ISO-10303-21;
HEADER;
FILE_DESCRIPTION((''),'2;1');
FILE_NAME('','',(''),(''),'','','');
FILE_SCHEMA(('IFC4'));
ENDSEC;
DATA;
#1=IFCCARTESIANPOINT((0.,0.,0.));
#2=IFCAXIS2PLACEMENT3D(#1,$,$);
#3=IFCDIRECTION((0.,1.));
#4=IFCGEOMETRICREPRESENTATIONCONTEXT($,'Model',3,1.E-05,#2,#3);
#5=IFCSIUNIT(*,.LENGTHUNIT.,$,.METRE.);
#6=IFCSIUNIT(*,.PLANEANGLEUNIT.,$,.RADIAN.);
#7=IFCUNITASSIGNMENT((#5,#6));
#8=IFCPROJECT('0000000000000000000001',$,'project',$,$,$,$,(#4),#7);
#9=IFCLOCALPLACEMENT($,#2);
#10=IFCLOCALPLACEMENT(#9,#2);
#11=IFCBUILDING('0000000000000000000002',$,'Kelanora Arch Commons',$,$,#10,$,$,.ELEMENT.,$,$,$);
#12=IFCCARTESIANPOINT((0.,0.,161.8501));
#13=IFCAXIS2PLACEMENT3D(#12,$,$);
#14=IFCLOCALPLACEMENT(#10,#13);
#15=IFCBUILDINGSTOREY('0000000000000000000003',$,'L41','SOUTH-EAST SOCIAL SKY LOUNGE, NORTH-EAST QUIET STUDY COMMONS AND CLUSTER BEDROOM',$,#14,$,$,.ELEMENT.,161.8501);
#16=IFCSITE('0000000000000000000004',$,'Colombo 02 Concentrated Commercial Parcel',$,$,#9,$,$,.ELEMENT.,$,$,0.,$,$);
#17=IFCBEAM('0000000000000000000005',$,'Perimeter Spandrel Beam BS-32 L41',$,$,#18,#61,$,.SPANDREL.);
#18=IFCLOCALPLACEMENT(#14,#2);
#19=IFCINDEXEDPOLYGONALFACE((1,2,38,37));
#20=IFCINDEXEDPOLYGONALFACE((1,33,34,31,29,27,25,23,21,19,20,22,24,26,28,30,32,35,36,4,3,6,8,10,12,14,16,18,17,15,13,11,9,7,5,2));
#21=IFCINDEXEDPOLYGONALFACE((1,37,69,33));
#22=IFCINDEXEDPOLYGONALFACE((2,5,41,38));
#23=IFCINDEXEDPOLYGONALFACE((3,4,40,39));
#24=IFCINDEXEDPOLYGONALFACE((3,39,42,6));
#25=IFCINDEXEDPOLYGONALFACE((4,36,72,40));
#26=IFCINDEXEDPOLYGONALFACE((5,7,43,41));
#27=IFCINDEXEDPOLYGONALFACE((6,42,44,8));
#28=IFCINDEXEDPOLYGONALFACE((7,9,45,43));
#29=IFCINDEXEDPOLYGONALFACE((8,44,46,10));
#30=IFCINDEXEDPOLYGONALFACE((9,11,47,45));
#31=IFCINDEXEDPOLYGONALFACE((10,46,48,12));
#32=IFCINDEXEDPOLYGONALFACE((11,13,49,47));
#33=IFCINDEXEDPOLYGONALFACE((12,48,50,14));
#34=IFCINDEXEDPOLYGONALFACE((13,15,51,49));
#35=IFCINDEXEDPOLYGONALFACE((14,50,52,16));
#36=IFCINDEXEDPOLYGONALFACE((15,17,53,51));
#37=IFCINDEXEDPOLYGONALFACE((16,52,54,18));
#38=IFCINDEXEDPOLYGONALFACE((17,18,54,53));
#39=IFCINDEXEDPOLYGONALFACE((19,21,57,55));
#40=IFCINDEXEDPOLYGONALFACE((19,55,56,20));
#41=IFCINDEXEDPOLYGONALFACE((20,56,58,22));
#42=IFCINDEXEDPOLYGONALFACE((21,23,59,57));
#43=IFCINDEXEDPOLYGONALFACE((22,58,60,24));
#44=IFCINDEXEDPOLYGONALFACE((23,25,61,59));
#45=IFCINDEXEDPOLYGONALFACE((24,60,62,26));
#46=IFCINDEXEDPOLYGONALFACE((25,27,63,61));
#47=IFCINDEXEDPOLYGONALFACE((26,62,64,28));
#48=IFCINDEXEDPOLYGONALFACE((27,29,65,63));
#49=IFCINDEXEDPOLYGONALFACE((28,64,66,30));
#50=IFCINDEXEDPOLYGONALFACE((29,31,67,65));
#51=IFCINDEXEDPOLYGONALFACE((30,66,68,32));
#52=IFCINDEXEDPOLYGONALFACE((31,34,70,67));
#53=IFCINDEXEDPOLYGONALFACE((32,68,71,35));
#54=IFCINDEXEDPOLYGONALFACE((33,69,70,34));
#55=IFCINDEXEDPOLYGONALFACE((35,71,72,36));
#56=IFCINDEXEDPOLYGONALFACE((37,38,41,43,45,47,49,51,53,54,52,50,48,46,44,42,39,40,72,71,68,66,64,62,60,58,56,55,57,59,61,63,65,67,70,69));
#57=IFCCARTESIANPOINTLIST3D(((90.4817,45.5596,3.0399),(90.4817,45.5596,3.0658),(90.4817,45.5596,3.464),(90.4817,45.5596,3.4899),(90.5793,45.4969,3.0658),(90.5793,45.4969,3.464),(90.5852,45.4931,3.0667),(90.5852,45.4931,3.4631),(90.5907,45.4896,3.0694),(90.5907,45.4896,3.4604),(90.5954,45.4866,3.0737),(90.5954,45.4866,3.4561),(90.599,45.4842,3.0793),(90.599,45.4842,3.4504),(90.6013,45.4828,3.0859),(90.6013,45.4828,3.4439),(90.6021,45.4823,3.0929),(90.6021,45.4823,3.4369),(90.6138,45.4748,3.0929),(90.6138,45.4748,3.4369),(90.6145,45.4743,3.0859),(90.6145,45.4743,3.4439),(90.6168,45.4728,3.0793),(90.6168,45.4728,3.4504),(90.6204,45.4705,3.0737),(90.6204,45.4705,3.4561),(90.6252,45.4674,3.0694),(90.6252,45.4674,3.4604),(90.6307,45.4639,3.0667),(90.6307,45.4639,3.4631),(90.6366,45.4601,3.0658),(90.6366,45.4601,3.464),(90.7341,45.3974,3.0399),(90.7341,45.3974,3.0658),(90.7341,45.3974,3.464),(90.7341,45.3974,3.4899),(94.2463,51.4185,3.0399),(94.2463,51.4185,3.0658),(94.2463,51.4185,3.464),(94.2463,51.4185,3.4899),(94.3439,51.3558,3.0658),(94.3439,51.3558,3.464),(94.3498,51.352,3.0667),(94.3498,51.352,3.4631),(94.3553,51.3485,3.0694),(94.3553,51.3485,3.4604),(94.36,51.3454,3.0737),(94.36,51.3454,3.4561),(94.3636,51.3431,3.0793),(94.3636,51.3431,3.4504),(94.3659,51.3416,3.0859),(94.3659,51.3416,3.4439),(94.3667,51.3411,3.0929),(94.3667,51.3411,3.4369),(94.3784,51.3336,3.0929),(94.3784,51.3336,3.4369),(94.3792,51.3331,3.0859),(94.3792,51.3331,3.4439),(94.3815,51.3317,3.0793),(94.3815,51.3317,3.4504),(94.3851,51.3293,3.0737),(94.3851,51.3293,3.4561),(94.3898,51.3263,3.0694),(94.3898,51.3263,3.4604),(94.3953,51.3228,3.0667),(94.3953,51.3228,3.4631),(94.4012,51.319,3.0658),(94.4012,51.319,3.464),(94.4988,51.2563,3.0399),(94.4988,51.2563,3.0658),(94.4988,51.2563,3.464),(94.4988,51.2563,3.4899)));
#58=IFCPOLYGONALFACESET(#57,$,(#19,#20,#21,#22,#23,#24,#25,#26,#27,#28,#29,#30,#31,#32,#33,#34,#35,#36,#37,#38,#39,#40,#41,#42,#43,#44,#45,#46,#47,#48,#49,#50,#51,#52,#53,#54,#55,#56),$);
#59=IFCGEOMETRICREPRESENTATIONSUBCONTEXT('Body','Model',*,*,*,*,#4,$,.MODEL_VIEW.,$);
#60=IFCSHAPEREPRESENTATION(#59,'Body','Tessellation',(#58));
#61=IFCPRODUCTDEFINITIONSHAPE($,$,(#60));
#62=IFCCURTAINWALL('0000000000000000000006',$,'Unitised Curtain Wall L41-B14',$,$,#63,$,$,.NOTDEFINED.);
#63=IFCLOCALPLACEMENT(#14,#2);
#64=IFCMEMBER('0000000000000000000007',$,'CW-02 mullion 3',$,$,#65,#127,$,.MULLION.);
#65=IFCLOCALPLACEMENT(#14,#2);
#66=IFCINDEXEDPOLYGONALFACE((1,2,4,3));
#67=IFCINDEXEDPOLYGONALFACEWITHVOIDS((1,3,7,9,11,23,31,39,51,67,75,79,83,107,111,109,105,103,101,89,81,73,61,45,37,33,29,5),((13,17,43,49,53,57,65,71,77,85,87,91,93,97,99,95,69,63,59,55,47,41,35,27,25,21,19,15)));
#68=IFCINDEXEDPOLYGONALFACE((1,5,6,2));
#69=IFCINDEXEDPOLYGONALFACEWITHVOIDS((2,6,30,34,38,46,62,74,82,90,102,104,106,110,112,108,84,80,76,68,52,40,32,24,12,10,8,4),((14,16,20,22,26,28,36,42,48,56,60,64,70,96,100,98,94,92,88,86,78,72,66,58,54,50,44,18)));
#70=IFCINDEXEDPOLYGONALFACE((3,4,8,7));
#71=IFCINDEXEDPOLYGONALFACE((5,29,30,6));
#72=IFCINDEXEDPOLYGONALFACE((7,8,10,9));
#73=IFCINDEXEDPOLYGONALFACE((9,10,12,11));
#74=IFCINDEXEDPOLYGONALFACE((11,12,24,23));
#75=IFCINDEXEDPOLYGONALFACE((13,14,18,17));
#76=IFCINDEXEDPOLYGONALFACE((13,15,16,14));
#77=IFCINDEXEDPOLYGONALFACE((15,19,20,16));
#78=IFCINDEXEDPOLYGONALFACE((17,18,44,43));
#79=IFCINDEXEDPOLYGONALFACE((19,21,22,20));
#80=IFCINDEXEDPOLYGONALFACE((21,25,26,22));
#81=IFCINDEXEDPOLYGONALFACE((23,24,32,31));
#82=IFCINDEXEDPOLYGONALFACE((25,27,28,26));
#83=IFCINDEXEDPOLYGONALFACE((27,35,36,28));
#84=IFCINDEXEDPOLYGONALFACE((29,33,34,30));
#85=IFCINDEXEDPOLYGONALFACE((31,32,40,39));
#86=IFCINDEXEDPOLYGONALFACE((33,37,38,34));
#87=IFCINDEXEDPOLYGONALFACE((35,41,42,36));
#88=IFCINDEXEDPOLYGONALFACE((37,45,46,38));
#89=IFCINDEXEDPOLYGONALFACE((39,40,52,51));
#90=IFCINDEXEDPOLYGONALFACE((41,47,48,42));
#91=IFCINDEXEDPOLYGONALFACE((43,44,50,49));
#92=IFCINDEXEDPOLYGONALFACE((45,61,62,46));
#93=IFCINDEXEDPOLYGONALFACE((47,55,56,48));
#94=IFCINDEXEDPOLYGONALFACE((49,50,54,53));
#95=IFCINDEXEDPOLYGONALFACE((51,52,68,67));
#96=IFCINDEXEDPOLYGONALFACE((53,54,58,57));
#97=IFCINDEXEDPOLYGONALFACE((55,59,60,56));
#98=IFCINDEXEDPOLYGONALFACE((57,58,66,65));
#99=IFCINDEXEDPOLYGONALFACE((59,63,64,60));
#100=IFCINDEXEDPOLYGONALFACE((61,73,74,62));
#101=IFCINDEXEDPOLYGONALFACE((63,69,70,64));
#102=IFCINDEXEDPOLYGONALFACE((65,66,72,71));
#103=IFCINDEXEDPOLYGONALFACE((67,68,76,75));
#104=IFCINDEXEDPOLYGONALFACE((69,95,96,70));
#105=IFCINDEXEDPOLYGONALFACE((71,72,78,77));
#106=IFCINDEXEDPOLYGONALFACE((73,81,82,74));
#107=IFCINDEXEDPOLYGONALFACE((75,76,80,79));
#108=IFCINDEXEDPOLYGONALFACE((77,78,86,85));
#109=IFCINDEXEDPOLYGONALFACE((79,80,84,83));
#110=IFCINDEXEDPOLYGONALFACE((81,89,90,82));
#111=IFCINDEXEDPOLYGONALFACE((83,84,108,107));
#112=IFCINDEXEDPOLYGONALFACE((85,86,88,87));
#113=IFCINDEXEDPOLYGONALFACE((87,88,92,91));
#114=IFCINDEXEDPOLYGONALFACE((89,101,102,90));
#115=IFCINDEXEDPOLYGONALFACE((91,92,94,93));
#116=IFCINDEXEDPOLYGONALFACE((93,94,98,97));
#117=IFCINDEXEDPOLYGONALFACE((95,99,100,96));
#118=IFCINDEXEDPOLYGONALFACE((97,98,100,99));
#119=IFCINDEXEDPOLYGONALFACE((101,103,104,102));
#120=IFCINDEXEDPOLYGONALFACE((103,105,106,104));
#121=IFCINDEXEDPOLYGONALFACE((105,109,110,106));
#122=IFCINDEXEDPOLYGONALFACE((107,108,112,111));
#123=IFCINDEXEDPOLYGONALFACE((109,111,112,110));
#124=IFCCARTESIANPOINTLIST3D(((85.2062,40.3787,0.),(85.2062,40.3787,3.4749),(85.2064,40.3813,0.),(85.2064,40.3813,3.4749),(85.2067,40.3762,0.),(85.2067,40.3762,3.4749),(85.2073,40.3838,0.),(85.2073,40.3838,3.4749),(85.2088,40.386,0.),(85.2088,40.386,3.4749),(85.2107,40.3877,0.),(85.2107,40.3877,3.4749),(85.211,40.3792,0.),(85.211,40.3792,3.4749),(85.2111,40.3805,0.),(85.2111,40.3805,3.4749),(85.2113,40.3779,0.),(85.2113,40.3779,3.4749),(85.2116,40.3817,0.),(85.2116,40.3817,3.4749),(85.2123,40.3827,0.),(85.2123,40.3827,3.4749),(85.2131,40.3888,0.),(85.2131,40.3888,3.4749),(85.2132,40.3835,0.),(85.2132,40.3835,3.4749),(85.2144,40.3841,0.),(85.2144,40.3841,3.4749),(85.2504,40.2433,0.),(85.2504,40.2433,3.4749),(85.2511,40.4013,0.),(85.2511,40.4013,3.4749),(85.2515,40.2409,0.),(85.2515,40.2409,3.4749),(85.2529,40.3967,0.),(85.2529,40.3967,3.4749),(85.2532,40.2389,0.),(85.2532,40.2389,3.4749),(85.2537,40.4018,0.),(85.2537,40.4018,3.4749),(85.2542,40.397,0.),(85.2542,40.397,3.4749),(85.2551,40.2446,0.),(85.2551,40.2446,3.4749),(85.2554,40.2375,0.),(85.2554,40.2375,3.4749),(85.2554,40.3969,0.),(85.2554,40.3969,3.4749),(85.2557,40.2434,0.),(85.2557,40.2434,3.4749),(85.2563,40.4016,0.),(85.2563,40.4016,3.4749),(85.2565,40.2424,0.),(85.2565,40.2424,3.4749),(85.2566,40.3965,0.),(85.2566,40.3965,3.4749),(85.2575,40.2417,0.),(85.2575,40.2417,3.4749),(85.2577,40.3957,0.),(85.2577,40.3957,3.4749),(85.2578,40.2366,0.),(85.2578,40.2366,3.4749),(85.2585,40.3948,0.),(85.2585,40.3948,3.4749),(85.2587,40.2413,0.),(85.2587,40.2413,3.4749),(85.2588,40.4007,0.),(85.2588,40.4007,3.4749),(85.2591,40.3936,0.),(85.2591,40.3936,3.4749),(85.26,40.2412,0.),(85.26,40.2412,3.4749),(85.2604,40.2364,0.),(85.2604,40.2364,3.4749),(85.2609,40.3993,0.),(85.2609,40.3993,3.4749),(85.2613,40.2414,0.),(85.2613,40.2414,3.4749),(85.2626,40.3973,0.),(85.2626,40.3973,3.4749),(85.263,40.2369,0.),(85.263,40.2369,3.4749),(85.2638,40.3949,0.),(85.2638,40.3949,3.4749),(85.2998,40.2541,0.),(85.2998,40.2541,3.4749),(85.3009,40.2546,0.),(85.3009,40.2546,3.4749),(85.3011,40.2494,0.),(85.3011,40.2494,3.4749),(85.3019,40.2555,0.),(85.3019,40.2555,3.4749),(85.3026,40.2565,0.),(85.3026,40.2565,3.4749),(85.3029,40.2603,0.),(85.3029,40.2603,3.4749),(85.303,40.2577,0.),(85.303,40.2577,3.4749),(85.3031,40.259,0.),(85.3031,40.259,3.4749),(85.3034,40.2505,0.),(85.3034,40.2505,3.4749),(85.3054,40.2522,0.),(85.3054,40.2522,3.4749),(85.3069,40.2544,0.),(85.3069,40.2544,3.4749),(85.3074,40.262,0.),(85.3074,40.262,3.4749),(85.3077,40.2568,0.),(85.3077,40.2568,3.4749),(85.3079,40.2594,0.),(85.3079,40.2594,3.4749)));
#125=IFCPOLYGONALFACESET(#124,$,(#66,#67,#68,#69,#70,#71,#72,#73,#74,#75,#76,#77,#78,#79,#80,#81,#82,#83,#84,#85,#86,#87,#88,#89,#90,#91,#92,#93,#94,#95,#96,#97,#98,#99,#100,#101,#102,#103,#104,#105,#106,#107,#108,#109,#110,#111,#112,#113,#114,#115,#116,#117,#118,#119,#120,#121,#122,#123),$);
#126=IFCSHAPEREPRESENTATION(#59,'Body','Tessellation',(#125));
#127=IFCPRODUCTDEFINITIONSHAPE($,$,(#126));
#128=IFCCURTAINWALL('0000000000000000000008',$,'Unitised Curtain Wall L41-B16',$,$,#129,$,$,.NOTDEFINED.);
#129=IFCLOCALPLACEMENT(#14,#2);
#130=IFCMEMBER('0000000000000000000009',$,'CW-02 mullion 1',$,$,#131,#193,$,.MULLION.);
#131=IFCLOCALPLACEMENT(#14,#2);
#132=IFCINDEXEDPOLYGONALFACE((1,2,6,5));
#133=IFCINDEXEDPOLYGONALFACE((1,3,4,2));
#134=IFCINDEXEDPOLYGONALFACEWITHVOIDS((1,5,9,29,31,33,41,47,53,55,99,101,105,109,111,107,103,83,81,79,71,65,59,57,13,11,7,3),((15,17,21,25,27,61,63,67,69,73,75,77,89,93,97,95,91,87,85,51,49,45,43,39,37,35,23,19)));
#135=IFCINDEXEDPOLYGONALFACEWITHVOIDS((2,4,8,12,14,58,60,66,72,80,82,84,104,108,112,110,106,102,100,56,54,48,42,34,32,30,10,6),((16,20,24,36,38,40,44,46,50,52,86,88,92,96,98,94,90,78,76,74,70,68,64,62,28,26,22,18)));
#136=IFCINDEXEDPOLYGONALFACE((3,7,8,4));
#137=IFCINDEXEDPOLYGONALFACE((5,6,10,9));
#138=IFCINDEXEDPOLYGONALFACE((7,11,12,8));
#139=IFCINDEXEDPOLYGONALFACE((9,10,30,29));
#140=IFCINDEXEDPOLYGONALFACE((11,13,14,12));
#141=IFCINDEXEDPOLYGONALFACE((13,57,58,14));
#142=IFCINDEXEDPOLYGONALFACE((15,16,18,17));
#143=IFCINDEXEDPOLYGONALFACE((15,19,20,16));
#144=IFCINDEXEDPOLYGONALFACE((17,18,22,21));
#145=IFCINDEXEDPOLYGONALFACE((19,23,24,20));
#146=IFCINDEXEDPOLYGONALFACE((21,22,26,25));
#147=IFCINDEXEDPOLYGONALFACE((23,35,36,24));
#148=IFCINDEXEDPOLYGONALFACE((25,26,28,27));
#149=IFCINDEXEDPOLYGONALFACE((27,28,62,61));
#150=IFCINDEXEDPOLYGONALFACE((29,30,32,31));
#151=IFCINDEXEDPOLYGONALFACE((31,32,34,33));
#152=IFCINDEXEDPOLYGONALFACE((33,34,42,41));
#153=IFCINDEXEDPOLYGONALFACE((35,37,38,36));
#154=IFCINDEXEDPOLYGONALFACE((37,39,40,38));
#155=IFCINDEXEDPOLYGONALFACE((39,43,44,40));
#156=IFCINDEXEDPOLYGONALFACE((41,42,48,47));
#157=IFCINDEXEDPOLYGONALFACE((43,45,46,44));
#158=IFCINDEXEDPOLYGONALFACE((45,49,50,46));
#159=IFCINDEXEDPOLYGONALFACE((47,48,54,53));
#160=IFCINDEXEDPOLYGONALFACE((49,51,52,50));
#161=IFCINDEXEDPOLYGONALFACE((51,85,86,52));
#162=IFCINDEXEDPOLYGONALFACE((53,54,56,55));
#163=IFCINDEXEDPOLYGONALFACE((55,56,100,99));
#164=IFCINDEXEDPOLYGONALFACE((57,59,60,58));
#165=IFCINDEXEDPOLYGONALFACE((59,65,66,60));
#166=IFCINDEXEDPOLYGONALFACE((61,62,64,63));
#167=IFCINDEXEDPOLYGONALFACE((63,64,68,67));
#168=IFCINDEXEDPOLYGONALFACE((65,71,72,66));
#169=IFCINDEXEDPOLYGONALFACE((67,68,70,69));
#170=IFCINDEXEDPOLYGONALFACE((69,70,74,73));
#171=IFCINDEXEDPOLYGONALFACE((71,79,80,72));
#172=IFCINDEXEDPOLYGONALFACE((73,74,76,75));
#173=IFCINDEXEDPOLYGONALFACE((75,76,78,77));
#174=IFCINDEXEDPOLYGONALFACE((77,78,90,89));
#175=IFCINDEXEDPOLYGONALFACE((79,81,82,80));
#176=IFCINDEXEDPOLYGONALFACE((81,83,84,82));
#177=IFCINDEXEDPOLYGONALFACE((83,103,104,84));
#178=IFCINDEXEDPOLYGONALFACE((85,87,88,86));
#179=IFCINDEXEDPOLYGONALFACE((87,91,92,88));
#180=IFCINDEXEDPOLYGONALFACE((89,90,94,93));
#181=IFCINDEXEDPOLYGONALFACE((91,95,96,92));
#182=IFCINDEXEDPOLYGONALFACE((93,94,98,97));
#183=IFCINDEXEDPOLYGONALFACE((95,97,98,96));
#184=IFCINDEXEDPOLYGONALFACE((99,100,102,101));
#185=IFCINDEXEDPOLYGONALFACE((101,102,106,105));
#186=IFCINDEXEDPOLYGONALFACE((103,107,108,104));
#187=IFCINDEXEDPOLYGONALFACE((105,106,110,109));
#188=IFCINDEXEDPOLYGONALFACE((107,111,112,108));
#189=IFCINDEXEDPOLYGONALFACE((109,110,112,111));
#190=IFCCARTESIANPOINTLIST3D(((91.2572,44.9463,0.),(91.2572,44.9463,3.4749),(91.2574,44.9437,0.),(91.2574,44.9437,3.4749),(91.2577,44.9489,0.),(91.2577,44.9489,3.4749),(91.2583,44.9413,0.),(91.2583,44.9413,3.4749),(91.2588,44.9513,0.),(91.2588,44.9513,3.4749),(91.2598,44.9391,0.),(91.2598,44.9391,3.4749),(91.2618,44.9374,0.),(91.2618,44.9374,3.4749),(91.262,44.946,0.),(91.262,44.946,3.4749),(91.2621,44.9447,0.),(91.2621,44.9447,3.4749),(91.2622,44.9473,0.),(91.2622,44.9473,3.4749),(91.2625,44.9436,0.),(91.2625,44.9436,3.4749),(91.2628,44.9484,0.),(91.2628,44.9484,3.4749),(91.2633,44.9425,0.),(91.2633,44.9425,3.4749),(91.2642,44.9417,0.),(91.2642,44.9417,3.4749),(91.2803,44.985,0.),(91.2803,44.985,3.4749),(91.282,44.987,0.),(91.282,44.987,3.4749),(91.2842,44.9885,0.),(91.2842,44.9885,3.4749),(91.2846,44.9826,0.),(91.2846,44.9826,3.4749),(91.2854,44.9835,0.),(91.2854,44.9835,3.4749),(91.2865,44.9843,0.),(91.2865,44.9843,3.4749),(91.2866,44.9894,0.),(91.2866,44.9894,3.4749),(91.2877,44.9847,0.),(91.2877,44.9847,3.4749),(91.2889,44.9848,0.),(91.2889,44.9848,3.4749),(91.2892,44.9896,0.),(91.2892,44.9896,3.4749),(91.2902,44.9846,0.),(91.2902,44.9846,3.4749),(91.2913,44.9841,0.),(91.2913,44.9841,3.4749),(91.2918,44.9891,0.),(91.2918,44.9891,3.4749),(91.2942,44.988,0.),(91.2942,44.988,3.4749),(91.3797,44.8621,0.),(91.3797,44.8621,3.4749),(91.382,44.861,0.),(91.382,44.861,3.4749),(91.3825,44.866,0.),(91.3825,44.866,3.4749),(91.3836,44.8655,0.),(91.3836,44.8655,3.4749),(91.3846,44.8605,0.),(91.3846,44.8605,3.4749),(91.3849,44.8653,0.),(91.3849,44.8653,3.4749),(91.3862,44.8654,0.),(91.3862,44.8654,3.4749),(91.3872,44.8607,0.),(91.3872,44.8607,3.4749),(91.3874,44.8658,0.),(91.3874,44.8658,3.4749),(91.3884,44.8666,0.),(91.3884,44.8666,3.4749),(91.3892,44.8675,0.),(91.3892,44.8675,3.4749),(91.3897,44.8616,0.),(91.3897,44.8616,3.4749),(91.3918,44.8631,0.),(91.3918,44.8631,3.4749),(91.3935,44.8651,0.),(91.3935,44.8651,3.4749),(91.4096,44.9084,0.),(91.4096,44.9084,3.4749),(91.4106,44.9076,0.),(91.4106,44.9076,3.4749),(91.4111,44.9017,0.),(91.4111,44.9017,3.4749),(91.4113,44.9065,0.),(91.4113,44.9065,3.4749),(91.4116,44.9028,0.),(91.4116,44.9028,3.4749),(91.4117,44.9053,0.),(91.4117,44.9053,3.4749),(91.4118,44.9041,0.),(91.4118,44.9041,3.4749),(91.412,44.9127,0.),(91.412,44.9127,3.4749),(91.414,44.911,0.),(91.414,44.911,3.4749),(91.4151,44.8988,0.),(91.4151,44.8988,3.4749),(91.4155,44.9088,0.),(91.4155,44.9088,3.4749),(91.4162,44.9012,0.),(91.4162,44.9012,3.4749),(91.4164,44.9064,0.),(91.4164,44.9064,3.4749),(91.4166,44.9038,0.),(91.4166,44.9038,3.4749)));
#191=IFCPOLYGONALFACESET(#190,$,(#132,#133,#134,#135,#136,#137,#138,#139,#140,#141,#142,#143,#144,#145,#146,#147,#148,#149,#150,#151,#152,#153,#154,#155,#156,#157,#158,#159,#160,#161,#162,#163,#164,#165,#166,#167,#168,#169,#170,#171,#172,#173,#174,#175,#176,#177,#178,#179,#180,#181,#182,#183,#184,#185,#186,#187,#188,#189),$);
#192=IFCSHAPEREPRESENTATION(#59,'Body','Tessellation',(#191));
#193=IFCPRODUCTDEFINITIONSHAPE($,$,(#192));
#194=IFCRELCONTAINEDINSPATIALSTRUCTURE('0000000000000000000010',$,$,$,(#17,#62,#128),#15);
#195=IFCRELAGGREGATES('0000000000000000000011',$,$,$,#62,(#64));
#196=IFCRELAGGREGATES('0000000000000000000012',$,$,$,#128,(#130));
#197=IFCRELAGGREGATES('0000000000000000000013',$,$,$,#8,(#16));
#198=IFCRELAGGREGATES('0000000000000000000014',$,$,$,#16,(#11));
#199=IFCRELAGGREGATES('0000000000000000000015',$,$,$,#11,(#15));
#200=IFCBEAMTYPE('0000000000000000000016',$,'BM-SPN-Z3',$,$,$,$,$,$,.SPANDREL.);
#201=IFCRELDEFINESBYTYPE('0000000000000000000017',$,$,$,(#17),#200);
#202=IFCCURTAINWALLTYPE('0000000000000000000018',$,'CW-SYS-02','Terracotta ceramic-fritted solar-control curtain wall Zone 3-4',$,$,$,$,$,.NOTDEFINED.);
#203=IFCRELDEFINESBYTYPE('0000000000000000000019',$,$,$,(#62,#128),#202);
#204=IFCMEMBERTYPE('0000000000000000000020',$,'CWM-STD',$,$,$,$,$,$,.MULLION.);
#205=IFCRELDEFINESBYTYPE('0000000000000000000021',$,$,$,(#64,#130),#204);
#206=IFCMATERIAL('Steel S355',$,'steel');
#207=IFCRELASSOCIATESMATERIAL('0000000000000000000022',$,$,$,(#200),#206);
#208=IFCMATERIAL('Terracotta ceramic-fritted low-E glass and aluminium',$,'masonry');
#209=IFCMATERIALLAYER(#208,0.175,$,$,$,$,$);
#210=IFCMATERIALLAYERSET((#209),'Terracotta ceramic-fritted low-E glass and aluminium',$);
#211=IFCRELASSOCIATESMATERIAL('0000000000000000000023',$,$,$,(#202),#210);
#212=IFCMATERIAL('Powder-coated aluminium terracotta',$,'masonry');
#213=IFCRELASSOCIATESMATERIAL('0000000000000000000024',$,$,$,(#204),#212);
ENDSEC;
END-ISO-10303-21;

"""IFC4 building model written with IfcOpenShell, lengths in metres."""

from ifc_helpers import new_model, si_unit, direction, frame, origin, origin_2d, place, context, subcontext, project, spatial, hollow_rectangle, i_section, extrude, material, layer, layer_set, material_profile, profile_set, type_object, element, aggregate, save


model = new_model("IFC4")

# Units and contexts
model_context = context("Model", 3, precision=1e-05, world=origin(), true_north=direction((0.0, 1.0)))
body_context = subcontext(model_context, "Body", "Model", "MODEL_VIEW")
ifc_project = project(units=[si_unit("LENGTHUNIT", "METRE"), si_unit("PLANEANGLEUNIT", "RADIAN")], contexts=[model_context])

# Site, building, storey
site_placement = place(None, origin())
site = spatial("IfcSite", under=ifc_project, at=site_placement, Name="Colombo 02 Concentrated Commercial Parcel", CompositionType="ELEMENT", RefElevation=0.0)
building_placement = place(site_placement, origin())
building = spatial("IfcBuilding", under=site, at=building_placement, Name="Kelanora Arch Commons", CompositionType="ELEMENT")
storey_placement = place(building_placement, frame((0.0, 0.0, 161.8501)))
storey = spatial("IfcBuildingStorey", under=building, at=storey_placement, Name="L41", Description="SOUTH-EAST SOCIAL SKY LOUNGE, NORTH-EAST QUIET STUDY COMMONS AND CLUSTER BEDROOM", CompositionType="ELEMENT", Elevation=161.8501)

# Beam
ifc_material_1 = material(Name="Steel S355", Category="steel")
ifc_material_profile_1 = material_profile(ifc_material_1, i_section(OverallWidth=0.3, OverallDepth=0.45, WebThickness=0.0139, FlangeThickness=0.0259, FilletRadius=0.0271, at=origin_2d()), Name="HEB450")
ifc_profile_set_1 = profile_set([ifc_material_profile_1], Name="Steel S355")
beam_type_1 = type_object("IfcBeamType", Name="BM-SPN-Z3", PredefinedType="SPANDREL", material=ifc_profile_set_1)
beam_1_placement = place(storey_placement, frame((90.6079, 45.4785, 3.2649), z_axis=(0.540577, 0.841295, 0.0), x_axis=(-0.841295, 0.540577, 0.0)))
element("IfcBeam", 1, at=beam_1_placement, inside=storey, type_object=beam_type_1, Name="Perimeter Spandrel Beam BS-32 L41", PredefinedType="SPANDREL", context=body_context, shape_type="SweptSolid", body=[
    extrude(i_section(OverallWidth=0.3, OverallDepth=0.45, WebThickness=0.0139, FlangeThickness=0.0259, FilletRadius=0.0271, at=origin_2d()), origin(), (0.0, 0.0, 1.0), 6.9641),
])

# Curtain wall, member
ifc_material_2 = material(Name="Terracotta ceramic-fritted low-E glass and aluminium", Category="masonry")
ifc_layer_1 = layer(ifc_material_2, 0.175)
ifc_layer_set_1 = layer_set([ifc_layer_1], Name="Terracotta ceramic-fritted low-E glass and aluminium")
curtain_wall_type = type_object("IfcCurtainWallType", Name="CW-SYS-02", Description="Terracotta ceramic-fritted solar-control curtain wall Zone 3-4", PredefinedType="NOTDEFINED", material=ifc_layer_set_1)
curtain_wall_1_placement = place(storey_placement, origin())
curtain_wall_1 = element("IfcCurtainWall", 2, at=curtain_wall_1_placement, inside=storey, type_object=curtain_wall_type, Name="Unitised Curtain Wall L41-B14", PredefinedType="NOTDEFINED")
ifc_material_3 = material(Name="Powder-coated aluminium terracotta", Category="masonry")
ifc_material_profile_2 = material_profile(ifc_material_3, hollow_rectangle(XDim=0.1599, YDim=0.0601, WallThickness=0.0049, InnerFilletRadius=0.0049, OuterFilletRadius=0.01, at=origin_2d()), Name="CWM160x60")
ifc_profile_set_2 = profile_set([ifc_material_profile_2], Name="Powder-coated aluminium terracotta")
member_type_1 = type_object("IfcMemberType", Name="CWM-STD", PredefinedType="MULLION", material=ifc_profile_set_2)
member_1_placement = place(storey_placement, frame((85.2571, 40.3191, 0.0), z_axis=(0.0, 0.0, 1.0), x_axis=(-0.312128, 0.95004, 0.0)))
member_1 = element("IfcMember", 3, at=member_1_placement, type_object=member_type_1, Name="CW-02 mullion 3", PredefinedType="MULLION", context=body_context, shape_type="SweptSolid", body=[
    extrude(hollow_rectangle(XDim=0.1599, YDim=0.0601, WallThickness=0.0049, InnerFilletRadius=0.0049, OuterFilletRadius=0.01, at=origin_2d()), origin(), (0.0, 0.0, 1.0), 3.4749),
])

# Curtain wall, member
curtain_wall_2_placement = place(storey_placement, origin())
curtain_wall_2 = element("IfcCurtainWall", 4, at=curtain_wall_2_placement, inside=storey, type_object=curtain_wall_type, Name="Unitised Curtain Wall L41-B16", PredefinedType="NOTDEFINED")
member_2_placement = place(storey_placement, frame((91.3369, 44.925, 0.0), z_axis=(0.0, 0.0, 1.0), x_axis=(-0.842423, 0.538817, 0.0)))
member_2 = element("IfcMember", 5, at=member_2_placement, type_object=member_type_1, Name="CW-02 mullion 1", PredefinedType="MULLION", context=body_context, shape_type="SweptSolid", body=[
    extrude(hollow_rectangle(XDim=0.1599, YDim=0.0601, WallThickness=0.0049, InnerFilletRadius=0.0049, OuterFilletRadius=0.01, at=origin_2d()), origin(), (0.0, 0.0, 1.0), 3.4749),
])

aggregate(curtain_wall_1, [member_1])
aggregate(curtain_wall_2, [member_2])

save(model, "model.ifc")
